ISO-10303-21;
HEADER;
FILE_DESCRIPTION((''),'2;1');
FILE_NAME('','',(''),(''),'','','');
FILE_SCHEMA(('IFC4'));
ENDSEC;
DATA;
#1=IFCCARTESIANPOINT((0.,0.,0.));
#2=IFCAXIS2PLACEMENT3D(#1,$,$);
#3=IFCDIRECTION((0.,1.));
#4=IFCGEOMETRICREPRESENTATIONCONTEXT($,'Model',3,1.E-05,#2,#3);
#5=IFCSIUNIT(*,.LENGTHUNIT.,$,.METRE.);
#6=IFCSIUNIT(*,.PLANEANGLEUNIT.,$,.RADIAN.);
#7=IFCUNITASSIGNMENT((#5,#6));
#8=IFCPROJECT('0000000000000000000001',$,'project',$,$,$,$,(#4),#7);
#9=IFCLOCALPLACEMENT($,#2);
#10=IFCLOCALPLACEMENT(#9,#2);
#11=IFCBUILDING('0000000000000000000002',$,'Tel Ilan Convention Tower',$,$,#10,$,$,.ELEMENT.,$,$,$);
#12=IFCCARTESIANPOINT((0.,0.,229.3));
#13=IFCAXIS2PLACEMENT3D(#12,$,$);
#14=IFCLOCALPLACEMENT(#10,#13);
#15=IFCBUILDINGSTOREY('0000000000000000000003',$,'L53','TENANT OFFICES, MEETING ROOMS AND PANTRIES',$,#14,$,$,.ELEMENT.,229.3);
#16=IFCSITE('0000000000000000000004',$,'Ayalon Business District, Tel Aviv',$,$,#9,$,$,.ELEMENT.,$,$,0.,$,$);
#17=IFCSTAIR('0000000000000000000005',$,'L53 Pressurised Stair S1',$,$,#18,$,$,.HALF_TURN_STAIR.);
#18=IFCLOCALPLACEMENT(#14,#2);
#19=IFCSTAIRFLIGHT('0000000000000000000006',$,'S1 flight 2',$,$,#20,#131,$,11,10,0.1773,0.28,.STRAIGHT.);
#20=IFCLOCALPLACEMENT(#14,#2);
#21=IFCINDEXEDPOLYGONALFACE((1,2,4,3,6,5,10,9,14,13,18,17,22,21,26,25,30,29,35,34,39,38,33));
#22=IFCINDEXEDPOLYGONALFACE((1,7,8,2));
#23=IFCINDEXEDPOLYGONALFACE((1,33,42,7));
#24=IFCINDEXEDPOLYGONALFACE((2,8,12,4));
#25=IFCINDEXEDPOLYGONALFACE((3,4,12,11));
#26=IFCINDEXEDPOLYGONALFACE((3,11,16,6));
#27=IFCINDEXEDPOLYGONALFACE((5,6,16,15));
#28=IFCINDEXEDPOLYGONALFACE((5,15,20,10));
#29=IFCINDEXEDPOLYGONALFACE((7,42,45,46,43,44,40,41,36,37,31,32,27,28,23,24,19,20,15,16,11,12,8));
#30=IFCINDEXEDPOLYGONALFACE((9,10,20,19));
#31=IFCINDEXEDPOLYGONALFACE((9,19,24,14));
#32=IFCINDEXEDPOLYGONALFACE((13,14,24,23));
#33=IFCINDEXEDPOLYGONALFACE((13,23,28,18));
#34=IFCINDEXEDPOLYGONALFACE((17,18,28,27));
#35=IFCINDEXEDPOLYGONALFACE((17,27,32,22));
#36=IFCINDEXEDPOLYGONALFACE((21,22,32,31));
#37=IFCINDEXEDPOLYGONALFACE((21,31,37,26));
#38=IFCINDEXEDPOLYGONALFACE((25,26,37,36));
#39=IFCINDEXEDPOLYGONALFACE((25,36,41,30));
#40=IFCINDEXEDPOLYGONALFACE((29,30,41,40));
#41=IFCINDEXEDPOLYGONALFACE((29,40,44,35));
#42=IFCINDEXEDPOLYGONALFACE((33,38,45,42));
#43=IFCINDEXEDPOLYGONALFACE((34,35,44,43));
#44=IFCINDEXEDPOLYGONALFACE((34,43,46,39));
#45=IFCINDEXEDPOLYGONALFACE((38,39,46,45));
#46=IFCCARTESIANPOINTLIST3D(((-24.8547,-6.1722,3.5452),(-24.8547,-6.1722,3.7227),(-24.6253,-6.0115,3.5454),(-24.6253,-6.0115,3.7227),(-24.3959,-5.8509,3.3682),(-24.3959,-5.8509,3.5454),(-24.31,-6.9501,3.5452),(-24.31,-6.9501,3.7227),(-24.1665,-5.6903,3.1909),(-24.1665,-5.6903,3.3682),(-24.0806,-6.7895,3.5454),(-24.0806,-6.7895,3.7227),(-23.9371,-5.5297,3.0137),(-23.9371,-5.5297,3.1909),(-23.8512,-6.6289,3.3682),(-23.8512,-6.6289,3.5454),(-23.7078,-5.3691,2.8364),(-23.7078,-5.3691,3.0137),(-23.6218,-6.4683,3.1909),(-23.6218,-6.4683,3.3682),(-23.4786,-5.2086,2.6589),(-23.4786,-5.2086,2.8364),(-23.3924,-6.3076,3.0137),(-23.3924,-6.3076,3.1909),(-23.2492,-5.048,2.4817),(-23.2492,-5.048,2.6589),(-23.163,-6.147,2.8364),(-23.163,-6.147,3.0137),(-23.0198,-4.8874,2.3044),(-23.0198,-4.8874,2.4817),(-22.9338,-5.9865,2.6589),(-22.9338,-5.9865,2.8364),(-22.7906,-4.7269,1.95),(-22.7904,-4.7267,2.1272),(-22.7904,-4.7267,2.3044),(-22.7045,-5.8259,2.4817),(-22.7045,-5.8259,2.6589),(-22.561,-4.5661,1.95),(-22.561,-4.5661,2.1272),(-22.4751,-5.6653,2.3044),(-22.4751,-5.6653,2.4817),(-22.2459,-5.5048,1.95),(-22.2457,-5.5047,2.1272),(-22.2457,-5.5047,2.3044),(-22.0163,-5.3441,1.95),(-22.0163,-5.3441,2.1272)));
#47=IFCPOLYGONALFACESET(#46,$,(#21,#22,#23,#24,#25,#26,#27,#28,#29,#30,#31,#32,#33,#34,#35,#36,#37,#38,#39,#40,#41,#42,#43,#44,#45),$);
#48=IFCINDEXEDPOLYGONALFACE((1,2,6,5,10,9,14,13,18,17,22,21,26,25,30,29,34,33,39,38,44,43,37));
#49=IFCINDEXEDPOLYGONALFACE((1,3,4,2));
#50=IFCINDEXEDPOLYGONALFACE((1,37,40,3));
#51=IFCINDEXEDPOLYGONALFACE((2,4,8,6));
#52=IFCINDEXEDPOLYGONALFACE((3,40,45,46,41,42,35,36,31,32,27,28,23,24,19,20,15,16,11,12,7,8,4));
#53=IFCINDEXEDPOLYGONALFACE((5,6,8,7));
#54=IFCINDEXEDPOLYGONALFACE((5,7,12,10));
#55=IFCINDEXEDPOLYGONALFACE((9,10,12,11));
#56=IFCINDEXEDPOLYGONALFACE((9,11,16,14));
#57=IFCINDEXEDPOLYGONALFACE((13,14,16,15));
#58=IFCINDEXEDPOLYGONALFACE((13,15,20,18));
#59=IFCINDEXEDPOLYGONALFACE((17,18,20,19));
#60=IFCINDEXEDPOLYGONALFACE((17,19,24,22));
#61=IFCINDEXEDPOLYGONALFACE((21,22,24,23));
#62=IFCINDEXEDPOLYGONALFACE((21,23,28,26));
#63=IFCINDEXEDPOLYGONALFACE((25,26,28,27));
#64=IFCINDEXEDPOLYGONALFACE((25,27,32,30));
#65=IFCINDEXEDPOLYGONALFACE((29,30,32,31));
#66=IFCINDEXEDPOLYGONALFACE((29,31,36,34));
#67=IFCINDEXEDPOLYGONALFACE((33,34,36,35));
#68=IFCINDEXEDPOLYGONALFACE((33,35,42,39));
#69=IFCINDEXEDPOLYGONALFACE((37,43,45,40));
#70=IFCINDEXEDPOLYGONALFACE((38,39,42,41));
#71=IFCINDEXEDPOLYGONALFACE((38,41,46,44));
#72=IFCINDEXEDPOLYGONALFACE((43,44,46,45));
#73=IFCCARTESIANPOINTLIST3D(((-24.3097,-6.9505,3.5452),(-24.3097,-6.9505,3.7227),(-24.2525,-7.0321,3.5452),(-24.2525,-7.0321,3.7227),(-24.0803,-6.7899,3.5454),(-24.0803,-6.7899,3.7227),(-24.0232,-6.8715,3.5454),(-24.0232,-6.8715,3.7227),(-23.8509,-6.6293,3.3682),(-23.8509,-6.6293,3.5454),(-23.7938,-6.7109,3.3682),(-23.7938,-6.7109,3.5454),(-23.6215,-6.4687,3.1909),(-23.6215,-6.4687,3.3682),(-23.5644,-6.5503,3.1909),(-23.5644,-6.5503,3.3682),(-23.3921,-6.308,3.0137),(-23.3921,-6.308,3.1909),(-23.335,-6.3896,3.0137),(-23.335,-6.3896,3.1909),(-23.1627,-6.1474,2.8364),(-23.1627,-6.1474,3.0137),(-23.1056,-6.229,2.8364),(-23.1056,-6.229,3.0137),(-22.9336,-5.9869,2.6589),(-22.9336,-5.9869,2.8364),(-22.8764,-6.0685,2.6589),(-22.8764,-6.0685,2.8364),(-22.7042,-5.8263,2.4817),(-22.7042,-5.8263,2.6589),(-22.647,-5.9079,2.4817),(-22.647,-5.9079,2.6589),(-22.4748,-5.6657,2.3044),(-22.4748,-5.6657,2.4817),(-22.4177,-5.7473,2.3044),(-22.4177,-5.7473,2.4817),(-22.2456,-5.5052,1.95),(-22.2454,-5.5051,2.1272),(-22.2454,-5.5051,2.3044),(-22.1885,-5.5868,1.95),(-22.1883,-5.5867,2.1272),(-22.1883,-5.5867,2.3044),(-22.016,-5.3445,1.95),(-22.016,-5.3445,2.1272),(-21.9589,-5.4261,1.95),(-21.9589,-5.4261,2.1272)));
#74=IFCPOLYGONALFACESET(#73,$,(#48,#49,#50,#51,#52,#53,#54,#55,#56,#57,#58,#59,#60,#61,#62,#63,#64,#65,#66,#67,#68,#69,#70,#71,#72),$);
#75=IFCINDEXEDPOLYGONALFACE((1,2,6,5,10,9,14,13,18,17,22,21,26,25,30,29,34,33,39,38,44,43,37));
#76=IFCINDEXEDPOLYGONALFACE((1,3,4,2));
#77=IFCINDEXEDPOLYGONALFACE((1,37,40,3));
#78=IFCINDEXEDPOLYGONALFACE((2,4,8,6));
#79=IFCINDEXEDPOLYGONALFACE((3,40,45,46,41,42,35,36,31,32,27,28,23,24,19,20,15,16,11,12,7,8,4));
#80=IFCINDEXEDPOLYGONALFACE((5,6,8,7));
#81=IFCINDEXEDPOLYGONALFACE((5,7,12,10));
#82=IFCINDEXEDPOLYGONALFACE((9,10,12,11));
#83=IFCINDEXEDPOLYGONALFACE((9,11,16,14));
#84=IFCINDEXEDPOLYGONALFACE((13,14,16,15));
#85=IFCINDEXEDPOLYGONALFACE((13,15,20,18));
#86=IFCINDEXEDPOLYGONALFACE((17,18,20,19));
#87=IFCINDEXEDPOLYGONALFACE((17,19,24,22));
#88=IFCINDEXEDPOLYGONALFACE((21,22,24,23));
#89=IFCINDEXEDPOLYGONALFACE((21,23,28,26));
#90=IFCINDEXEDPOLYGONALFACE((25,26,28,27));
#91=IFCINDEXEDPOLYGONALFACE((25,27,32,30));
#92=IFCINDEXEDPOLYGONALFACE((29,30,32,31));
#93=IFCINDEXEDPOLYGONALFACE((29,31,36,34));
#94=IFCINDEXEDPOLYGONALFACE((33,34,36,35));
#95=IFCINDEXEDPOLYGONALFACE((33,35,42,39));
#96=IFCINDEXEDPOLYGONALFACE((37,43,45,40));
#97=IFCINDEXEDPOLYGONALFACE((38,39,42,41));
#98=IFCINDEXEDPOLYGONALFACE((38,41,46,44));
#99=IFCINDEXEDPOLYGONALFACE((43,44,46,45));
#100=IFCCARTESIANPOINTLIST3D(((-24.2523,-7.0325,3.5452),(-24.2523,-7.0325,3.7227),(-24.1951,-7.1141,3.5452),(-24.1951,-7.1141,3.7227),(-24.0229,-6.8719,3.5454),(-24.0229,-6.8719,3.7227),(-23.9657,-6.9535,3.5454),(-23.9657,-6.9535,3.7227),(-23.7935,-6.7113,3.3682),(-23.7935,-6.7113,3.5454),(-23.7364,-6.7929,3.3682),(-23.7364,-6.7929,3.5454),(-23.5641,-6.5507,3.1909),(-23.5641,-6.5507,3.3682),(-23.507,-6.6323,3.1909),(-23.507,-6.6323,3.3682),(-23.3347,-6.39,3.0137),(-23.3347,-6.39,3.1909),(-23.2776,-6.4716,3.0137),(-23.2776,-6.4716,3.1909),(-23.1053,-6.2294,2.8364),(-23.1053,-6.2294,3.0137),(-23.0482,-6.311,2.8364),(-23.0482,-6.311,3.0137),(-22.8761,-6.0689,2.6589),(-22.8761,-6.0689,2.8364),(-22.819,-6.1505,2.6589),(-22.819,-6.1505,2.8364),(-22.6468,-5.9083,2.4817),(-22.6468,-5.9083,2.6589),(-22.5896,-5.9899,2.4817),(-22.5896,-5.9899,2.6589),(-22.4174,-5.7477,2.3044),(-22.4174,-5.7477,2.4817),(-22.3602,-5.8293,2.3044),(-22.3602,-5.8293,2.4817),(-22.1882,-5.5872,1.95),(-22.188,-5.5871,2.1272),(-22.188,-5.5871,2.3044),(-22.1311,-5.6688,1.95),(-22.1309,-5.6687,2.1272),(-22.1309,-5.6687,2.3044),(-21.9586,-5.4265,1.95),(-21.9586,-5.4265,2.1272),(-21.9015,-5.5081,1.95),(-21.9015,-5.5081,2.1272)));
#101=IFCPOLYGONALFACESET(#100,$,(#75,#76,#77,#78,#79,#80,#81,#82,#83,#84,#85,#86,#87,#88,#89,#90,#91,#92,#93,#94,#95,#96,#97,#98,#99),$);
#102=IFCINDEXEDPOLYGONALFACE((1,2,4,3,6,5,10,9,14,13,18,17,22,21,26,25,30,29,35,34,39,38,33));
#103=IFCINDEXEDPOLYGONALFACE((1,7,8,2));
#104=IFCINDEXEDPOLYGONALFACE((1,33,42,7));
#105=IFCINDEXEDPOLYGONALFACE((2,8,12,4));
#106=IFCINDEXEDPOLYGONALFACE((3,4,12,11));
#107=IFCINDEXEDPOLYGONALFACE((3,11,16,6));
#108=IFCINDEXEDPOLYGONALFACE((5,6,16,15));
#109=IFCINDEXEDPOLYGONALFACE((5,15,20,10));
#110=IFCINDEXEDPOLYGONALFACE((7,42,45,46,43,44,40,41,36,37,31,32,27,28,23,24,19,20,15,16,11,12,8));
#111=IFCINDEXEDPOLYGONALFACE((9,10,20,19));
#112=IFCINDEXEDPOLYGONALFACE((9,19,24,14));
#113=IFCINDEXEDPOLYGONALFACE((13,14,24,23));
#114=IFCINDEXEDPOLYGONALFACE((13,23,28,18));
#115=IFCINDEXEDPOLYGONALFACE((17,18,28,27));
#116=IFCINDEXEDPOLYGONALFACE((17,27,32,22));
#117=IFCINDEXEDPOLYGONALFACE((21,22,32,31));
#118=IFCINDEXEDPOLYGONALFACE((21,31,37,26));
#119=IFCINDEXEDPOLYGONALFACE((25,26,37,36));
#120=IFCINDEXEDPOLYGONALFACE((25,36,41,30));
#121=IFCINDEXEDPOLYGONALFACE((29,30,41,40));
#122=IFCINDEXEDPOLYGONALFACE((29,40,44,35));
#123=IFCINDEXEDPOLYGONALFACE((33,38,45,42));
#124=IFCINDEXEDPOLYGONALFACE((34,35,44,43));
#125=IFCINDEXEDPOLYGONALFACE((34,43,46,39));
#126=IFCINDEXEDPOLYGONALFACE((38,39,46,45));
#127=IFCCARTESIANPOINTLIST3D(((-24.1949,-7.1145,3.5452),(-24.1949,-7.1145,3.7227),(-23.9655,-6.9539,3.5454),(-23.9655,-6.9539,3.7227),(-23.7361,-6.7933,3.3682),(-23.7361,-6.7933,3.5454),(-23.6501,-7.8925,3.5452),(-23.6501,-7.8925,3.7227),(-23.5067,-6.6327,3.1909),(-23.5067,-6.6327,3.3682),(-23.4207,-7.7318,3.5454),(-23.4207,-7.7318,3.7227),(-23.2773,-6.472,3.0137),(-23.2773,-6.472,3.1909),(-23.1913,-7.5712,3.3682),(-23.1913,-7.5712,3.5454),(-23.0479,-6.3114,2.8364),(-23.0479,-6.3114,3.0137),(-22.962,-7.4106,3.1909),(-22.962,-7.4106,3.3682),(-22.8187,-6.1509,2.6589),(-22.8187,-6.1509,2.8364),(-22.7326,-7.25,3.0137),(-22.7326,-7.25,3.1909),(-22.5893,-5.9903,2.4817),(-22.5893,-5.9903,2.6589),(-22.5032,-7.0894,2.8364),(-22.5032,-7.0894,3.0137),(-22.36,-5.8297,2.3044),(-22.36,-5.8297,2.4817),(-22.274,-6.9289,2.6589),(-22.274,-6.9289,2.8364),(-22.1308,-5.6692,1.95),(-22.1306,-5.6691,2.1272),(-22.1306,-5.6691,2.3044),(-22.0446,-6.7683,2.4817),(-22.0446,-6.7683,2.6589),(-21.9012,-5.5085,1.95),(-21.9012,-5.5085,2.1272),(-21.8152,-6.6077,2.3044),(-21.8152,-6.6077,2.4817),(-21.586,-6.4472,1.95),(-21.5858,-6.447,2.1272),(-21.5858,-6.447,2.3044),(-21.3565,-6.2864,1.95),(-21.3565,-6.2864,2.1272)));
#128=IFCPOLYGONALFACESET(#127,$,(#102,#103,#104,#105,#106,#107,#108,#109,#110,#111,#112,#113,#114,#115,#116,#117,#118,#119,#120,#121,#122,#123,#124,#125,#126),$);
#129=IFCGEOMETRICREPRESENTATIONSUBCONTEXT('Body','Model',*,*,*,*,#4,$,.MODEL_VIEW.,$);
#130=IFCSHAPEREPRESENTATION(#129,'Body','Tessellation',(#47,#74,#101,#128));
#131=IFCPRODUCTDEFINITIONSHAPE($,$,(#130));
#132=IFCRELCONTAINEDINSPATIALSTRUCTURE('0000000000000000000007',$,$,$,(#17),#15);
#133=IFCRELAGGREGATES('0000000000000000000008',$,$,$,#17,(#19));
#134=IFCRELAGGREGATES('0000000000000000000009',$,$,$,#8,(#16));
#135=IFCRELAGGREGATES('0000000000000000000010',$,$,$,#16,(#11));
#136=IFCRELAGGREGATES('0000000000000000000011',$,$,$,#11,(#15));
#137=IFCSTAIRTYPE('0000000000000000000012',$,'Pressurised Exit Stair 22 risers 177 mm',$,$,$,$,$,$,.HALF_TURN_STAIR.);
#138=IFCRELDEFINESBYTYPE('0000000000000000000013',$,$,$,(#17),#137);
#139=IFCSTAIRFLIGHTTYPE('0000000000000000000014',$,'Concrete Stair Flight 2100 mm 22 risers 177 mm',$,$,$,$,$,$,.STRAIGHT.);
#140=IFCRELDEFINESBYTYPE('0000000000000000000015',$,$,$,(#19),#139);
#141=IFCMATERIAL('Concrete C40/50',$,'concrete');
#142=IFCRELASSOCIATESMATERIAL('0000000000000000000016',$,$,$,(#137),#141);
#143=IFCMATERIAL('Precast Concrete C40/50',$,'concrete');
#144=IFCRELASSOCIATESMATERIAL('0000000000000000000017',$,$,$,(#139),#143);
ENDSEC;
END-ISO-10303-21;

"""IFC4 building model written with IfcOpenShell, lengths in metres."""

from ifc_helpers import new_model, si_unit, direction, frame, origin, place, context, subcontext, project, spatial, polyline, outline, extrude, material, type_object, element, aggregate, save


model = new_model("IFC4")

# Units and contexts
model_context = context("Model", 3, precision=1e-05, world=origin(), true_north=direction((0.0, 1.0)))
body_context = subcontext(model_context, "Body", "Model", "MODEL_VIEW")
ifc_project = project(units=[si_unit("LENGTHUNIT", "METRE"), si_unit("PLANEANGLEUNIT", "RADIAN")], contexts=[model_context])

# Site, building, storey
site_placement = place(None, origin())
site = spatial("IfcSite", under=ifc_project, at=site_placement, Name="Ayalon Business District, Tel Aviv", CompositionType="ELEMENT", RefElevation=0.0)
building_placement = place(site_placement, origin())
building = spatial("IfcBuilding", under=site, at=building_placement, Name="Tel Ilan Convention Tower", CompositionType="ELEMENT")
storey_placement = place(building_placement, frame((0.0, 0.0, 229.3)))
storey = spatial("IfcBuildingStorey", under=building, at=storey_placement, Name="L53", Description="TENANT OFFICES, MEETING ROOMS AND PANTRIES", CompositionType="ELEMENT", Elevation=229.3)

# Stair, stair flight
ifc_material_1 = material(Name="Concrete C40/50", Category="concrete")
stair_type = type_object("IfcStairType", Name="Pressurised Exit Stair 22 risers 177 mm", PredefinedType="HALF_TURN_STAIR", material=ifc_material_1)
stair_1_placement = place(storey_placement, origin())
stair_1 = element("IfcStair", 1, at=stair_1_placement, inside=storey, type_object=stair_type, Name="L53 Pressurised Stair S1", PredefinedType="HALF_TURN_STAIR")
ifc_material_2 = material(Name="Precast Concrete C40/50", Category="concrete")
stair_flight_type = type_object("IfcStairFlightType", Name="Concrete Stair Flight 2100 mm 22 risers 177 mm", PredefinedType="STRAIGHT", material=ifc_material_2)
stair_flight_1_placement = place(storey_placement, frame((-21.9587, -5.4263, 1.95), z_axis=(0.0, 0.0, 1.0), x_axis=(-0.819152, -0.573576, 0.0)))
stair_flight_1 = element("IfcStairFlight", 2, at=stair_flight_1_placement, type_object=stair_flight_type, Name="S1 flight 2", NumberOfRisers=11, NumberOfTreads=10, PredefinedType="STRAIGHT", RiserHeight=0.1773, TreadLength=0.28, context=body_context, shape_type="SweptSolid", body=[
    extrude(outline(polyline([(0.0, 0.0), (0.0, 0.1772), (0.28, 0.1772), (0.28, 0.3545), (0.5601, 0.3545), (0.5601, 0.5317), (0.8401, 0.5317), (0.8401, 0.709), (1.1201, 0.709), (1.1201, 0.8865), (1.3999, 0.8865), (1.3999, 1.0637), (1.6799, 1.0637), (1.6799, 1.241), (1.96, 1.241), (1.96, 1.4182), (2.24, 1.4182), (2.24, 1.5955), (2.52, 1.5955), (2.52, 1.7727), (2.8, 1.7727), (2.8, 1.95), (2.8, 1.5952), (0.2803, 0.0), (0.0, 0.0)])), frame((0.0, -0.1003, 0.0), z_axis=(0.0, -1.0, 0.0), x_axis=(1.0, 0.0, 0.0)), (0.0, 0.0, 1.0), 0.9497),
    extrude(outline(polyline([(0.0, 0.0), (0.0, 0.1772), (0.28, 0.1772), (0.28, 0.3545), (0.5601, 0.3545), (0.5601, 0.5317), (0.8401, 0.5317), (0.8401, 0.709), (1.1201, 0.709), (1.1201, 0.8865), (1.3999, 0.8865), (1.3999, 1.0637), (1.6799, 1.0637), (1.6799, 1.241), (1.96, 1.241), (1.96, 1.4182), (2.24, 1.4182), (2.24, 1.5955), (2.52, 1.5955), (2.52, 1.7727), (2.8, 1.7727), (2.8, 1.95), (2.8, 1.5952), (0.2803, 0.0), (0.0, 0.0)])), frame((0.0, -0.0002, 0.0), z_axis=(0.0, -1.0, 0.0), x_axis=(1.0, 0.0, 0.0)), (0.0, 0.0, 1.0), 0.0996),
    extrude(outline(polyline([(0.0, 0.0), (0.0, 0.1772), (0.28, 0.1772), (0.28, 0.3545), (0.5601, 0.3545), (0.5601, 0.5317), (0.8401, 0.5317), (0.8401, 0.709), (1.1201, 0.709), (1.1201, 0.8865), (1.3999, 0.8865), (1.3999, 1.0637), (1.6799, 1.0637), (1.6799, 1.241), (1.96, 1.241), (1.96, 1.4182), (2.24, 1.4182), (2.24, 1.5955), (2.52, 1.5955), (2.52, 1.7727), (2.8, 1.7727), (2.8, 1.95), (2.8, 1.5952), (0.2803, 0.0), (0.0, 0.0)])), frame((0.0, 0.0999, 0.0), z_axis=(0.0, -1.0, 0.0), x_axis=(1.0, 0.0, 0.0)), (0.0, 0.0, 1.0), 0.0996),
    extrude(outline(polyline([(0.0, 0.0), (0.0, 0.1772), (0.28, 0.1772), (0.28, 0.3545), (0.5601, 0.3545), (0.5601, 0.5317), (0.8401, 0.5317), (0.8401, 0.709), (1.1201, 0.709), (1.1201, 0.8865), (1.3999, 0.8865), (1.3999, 1.0637), (1.6799, 1.0637), (1.6799, 1.241), (1.96, 1.241), (1.96, 1.4182), (2.24, 1.4182), (2.24, 1.5955), (2.52, 1.5955), (2.52, 1.7727), (2.8, 1.7727), (2.8, 1.95), (2.8, 1.5952), (0.2803, 0.0), (0.0, 0.0)])), frame((0.0, 1.05, 0.0), z_axis=(0.0, -1.0, 0.0), x_axis=(1.0, 0.0, 0.0)), (0.0, 0.0, 1.0), 0.9497),
])
aggregate(stair_1, [stair_flight_1])

save(model, "model.ifc")
